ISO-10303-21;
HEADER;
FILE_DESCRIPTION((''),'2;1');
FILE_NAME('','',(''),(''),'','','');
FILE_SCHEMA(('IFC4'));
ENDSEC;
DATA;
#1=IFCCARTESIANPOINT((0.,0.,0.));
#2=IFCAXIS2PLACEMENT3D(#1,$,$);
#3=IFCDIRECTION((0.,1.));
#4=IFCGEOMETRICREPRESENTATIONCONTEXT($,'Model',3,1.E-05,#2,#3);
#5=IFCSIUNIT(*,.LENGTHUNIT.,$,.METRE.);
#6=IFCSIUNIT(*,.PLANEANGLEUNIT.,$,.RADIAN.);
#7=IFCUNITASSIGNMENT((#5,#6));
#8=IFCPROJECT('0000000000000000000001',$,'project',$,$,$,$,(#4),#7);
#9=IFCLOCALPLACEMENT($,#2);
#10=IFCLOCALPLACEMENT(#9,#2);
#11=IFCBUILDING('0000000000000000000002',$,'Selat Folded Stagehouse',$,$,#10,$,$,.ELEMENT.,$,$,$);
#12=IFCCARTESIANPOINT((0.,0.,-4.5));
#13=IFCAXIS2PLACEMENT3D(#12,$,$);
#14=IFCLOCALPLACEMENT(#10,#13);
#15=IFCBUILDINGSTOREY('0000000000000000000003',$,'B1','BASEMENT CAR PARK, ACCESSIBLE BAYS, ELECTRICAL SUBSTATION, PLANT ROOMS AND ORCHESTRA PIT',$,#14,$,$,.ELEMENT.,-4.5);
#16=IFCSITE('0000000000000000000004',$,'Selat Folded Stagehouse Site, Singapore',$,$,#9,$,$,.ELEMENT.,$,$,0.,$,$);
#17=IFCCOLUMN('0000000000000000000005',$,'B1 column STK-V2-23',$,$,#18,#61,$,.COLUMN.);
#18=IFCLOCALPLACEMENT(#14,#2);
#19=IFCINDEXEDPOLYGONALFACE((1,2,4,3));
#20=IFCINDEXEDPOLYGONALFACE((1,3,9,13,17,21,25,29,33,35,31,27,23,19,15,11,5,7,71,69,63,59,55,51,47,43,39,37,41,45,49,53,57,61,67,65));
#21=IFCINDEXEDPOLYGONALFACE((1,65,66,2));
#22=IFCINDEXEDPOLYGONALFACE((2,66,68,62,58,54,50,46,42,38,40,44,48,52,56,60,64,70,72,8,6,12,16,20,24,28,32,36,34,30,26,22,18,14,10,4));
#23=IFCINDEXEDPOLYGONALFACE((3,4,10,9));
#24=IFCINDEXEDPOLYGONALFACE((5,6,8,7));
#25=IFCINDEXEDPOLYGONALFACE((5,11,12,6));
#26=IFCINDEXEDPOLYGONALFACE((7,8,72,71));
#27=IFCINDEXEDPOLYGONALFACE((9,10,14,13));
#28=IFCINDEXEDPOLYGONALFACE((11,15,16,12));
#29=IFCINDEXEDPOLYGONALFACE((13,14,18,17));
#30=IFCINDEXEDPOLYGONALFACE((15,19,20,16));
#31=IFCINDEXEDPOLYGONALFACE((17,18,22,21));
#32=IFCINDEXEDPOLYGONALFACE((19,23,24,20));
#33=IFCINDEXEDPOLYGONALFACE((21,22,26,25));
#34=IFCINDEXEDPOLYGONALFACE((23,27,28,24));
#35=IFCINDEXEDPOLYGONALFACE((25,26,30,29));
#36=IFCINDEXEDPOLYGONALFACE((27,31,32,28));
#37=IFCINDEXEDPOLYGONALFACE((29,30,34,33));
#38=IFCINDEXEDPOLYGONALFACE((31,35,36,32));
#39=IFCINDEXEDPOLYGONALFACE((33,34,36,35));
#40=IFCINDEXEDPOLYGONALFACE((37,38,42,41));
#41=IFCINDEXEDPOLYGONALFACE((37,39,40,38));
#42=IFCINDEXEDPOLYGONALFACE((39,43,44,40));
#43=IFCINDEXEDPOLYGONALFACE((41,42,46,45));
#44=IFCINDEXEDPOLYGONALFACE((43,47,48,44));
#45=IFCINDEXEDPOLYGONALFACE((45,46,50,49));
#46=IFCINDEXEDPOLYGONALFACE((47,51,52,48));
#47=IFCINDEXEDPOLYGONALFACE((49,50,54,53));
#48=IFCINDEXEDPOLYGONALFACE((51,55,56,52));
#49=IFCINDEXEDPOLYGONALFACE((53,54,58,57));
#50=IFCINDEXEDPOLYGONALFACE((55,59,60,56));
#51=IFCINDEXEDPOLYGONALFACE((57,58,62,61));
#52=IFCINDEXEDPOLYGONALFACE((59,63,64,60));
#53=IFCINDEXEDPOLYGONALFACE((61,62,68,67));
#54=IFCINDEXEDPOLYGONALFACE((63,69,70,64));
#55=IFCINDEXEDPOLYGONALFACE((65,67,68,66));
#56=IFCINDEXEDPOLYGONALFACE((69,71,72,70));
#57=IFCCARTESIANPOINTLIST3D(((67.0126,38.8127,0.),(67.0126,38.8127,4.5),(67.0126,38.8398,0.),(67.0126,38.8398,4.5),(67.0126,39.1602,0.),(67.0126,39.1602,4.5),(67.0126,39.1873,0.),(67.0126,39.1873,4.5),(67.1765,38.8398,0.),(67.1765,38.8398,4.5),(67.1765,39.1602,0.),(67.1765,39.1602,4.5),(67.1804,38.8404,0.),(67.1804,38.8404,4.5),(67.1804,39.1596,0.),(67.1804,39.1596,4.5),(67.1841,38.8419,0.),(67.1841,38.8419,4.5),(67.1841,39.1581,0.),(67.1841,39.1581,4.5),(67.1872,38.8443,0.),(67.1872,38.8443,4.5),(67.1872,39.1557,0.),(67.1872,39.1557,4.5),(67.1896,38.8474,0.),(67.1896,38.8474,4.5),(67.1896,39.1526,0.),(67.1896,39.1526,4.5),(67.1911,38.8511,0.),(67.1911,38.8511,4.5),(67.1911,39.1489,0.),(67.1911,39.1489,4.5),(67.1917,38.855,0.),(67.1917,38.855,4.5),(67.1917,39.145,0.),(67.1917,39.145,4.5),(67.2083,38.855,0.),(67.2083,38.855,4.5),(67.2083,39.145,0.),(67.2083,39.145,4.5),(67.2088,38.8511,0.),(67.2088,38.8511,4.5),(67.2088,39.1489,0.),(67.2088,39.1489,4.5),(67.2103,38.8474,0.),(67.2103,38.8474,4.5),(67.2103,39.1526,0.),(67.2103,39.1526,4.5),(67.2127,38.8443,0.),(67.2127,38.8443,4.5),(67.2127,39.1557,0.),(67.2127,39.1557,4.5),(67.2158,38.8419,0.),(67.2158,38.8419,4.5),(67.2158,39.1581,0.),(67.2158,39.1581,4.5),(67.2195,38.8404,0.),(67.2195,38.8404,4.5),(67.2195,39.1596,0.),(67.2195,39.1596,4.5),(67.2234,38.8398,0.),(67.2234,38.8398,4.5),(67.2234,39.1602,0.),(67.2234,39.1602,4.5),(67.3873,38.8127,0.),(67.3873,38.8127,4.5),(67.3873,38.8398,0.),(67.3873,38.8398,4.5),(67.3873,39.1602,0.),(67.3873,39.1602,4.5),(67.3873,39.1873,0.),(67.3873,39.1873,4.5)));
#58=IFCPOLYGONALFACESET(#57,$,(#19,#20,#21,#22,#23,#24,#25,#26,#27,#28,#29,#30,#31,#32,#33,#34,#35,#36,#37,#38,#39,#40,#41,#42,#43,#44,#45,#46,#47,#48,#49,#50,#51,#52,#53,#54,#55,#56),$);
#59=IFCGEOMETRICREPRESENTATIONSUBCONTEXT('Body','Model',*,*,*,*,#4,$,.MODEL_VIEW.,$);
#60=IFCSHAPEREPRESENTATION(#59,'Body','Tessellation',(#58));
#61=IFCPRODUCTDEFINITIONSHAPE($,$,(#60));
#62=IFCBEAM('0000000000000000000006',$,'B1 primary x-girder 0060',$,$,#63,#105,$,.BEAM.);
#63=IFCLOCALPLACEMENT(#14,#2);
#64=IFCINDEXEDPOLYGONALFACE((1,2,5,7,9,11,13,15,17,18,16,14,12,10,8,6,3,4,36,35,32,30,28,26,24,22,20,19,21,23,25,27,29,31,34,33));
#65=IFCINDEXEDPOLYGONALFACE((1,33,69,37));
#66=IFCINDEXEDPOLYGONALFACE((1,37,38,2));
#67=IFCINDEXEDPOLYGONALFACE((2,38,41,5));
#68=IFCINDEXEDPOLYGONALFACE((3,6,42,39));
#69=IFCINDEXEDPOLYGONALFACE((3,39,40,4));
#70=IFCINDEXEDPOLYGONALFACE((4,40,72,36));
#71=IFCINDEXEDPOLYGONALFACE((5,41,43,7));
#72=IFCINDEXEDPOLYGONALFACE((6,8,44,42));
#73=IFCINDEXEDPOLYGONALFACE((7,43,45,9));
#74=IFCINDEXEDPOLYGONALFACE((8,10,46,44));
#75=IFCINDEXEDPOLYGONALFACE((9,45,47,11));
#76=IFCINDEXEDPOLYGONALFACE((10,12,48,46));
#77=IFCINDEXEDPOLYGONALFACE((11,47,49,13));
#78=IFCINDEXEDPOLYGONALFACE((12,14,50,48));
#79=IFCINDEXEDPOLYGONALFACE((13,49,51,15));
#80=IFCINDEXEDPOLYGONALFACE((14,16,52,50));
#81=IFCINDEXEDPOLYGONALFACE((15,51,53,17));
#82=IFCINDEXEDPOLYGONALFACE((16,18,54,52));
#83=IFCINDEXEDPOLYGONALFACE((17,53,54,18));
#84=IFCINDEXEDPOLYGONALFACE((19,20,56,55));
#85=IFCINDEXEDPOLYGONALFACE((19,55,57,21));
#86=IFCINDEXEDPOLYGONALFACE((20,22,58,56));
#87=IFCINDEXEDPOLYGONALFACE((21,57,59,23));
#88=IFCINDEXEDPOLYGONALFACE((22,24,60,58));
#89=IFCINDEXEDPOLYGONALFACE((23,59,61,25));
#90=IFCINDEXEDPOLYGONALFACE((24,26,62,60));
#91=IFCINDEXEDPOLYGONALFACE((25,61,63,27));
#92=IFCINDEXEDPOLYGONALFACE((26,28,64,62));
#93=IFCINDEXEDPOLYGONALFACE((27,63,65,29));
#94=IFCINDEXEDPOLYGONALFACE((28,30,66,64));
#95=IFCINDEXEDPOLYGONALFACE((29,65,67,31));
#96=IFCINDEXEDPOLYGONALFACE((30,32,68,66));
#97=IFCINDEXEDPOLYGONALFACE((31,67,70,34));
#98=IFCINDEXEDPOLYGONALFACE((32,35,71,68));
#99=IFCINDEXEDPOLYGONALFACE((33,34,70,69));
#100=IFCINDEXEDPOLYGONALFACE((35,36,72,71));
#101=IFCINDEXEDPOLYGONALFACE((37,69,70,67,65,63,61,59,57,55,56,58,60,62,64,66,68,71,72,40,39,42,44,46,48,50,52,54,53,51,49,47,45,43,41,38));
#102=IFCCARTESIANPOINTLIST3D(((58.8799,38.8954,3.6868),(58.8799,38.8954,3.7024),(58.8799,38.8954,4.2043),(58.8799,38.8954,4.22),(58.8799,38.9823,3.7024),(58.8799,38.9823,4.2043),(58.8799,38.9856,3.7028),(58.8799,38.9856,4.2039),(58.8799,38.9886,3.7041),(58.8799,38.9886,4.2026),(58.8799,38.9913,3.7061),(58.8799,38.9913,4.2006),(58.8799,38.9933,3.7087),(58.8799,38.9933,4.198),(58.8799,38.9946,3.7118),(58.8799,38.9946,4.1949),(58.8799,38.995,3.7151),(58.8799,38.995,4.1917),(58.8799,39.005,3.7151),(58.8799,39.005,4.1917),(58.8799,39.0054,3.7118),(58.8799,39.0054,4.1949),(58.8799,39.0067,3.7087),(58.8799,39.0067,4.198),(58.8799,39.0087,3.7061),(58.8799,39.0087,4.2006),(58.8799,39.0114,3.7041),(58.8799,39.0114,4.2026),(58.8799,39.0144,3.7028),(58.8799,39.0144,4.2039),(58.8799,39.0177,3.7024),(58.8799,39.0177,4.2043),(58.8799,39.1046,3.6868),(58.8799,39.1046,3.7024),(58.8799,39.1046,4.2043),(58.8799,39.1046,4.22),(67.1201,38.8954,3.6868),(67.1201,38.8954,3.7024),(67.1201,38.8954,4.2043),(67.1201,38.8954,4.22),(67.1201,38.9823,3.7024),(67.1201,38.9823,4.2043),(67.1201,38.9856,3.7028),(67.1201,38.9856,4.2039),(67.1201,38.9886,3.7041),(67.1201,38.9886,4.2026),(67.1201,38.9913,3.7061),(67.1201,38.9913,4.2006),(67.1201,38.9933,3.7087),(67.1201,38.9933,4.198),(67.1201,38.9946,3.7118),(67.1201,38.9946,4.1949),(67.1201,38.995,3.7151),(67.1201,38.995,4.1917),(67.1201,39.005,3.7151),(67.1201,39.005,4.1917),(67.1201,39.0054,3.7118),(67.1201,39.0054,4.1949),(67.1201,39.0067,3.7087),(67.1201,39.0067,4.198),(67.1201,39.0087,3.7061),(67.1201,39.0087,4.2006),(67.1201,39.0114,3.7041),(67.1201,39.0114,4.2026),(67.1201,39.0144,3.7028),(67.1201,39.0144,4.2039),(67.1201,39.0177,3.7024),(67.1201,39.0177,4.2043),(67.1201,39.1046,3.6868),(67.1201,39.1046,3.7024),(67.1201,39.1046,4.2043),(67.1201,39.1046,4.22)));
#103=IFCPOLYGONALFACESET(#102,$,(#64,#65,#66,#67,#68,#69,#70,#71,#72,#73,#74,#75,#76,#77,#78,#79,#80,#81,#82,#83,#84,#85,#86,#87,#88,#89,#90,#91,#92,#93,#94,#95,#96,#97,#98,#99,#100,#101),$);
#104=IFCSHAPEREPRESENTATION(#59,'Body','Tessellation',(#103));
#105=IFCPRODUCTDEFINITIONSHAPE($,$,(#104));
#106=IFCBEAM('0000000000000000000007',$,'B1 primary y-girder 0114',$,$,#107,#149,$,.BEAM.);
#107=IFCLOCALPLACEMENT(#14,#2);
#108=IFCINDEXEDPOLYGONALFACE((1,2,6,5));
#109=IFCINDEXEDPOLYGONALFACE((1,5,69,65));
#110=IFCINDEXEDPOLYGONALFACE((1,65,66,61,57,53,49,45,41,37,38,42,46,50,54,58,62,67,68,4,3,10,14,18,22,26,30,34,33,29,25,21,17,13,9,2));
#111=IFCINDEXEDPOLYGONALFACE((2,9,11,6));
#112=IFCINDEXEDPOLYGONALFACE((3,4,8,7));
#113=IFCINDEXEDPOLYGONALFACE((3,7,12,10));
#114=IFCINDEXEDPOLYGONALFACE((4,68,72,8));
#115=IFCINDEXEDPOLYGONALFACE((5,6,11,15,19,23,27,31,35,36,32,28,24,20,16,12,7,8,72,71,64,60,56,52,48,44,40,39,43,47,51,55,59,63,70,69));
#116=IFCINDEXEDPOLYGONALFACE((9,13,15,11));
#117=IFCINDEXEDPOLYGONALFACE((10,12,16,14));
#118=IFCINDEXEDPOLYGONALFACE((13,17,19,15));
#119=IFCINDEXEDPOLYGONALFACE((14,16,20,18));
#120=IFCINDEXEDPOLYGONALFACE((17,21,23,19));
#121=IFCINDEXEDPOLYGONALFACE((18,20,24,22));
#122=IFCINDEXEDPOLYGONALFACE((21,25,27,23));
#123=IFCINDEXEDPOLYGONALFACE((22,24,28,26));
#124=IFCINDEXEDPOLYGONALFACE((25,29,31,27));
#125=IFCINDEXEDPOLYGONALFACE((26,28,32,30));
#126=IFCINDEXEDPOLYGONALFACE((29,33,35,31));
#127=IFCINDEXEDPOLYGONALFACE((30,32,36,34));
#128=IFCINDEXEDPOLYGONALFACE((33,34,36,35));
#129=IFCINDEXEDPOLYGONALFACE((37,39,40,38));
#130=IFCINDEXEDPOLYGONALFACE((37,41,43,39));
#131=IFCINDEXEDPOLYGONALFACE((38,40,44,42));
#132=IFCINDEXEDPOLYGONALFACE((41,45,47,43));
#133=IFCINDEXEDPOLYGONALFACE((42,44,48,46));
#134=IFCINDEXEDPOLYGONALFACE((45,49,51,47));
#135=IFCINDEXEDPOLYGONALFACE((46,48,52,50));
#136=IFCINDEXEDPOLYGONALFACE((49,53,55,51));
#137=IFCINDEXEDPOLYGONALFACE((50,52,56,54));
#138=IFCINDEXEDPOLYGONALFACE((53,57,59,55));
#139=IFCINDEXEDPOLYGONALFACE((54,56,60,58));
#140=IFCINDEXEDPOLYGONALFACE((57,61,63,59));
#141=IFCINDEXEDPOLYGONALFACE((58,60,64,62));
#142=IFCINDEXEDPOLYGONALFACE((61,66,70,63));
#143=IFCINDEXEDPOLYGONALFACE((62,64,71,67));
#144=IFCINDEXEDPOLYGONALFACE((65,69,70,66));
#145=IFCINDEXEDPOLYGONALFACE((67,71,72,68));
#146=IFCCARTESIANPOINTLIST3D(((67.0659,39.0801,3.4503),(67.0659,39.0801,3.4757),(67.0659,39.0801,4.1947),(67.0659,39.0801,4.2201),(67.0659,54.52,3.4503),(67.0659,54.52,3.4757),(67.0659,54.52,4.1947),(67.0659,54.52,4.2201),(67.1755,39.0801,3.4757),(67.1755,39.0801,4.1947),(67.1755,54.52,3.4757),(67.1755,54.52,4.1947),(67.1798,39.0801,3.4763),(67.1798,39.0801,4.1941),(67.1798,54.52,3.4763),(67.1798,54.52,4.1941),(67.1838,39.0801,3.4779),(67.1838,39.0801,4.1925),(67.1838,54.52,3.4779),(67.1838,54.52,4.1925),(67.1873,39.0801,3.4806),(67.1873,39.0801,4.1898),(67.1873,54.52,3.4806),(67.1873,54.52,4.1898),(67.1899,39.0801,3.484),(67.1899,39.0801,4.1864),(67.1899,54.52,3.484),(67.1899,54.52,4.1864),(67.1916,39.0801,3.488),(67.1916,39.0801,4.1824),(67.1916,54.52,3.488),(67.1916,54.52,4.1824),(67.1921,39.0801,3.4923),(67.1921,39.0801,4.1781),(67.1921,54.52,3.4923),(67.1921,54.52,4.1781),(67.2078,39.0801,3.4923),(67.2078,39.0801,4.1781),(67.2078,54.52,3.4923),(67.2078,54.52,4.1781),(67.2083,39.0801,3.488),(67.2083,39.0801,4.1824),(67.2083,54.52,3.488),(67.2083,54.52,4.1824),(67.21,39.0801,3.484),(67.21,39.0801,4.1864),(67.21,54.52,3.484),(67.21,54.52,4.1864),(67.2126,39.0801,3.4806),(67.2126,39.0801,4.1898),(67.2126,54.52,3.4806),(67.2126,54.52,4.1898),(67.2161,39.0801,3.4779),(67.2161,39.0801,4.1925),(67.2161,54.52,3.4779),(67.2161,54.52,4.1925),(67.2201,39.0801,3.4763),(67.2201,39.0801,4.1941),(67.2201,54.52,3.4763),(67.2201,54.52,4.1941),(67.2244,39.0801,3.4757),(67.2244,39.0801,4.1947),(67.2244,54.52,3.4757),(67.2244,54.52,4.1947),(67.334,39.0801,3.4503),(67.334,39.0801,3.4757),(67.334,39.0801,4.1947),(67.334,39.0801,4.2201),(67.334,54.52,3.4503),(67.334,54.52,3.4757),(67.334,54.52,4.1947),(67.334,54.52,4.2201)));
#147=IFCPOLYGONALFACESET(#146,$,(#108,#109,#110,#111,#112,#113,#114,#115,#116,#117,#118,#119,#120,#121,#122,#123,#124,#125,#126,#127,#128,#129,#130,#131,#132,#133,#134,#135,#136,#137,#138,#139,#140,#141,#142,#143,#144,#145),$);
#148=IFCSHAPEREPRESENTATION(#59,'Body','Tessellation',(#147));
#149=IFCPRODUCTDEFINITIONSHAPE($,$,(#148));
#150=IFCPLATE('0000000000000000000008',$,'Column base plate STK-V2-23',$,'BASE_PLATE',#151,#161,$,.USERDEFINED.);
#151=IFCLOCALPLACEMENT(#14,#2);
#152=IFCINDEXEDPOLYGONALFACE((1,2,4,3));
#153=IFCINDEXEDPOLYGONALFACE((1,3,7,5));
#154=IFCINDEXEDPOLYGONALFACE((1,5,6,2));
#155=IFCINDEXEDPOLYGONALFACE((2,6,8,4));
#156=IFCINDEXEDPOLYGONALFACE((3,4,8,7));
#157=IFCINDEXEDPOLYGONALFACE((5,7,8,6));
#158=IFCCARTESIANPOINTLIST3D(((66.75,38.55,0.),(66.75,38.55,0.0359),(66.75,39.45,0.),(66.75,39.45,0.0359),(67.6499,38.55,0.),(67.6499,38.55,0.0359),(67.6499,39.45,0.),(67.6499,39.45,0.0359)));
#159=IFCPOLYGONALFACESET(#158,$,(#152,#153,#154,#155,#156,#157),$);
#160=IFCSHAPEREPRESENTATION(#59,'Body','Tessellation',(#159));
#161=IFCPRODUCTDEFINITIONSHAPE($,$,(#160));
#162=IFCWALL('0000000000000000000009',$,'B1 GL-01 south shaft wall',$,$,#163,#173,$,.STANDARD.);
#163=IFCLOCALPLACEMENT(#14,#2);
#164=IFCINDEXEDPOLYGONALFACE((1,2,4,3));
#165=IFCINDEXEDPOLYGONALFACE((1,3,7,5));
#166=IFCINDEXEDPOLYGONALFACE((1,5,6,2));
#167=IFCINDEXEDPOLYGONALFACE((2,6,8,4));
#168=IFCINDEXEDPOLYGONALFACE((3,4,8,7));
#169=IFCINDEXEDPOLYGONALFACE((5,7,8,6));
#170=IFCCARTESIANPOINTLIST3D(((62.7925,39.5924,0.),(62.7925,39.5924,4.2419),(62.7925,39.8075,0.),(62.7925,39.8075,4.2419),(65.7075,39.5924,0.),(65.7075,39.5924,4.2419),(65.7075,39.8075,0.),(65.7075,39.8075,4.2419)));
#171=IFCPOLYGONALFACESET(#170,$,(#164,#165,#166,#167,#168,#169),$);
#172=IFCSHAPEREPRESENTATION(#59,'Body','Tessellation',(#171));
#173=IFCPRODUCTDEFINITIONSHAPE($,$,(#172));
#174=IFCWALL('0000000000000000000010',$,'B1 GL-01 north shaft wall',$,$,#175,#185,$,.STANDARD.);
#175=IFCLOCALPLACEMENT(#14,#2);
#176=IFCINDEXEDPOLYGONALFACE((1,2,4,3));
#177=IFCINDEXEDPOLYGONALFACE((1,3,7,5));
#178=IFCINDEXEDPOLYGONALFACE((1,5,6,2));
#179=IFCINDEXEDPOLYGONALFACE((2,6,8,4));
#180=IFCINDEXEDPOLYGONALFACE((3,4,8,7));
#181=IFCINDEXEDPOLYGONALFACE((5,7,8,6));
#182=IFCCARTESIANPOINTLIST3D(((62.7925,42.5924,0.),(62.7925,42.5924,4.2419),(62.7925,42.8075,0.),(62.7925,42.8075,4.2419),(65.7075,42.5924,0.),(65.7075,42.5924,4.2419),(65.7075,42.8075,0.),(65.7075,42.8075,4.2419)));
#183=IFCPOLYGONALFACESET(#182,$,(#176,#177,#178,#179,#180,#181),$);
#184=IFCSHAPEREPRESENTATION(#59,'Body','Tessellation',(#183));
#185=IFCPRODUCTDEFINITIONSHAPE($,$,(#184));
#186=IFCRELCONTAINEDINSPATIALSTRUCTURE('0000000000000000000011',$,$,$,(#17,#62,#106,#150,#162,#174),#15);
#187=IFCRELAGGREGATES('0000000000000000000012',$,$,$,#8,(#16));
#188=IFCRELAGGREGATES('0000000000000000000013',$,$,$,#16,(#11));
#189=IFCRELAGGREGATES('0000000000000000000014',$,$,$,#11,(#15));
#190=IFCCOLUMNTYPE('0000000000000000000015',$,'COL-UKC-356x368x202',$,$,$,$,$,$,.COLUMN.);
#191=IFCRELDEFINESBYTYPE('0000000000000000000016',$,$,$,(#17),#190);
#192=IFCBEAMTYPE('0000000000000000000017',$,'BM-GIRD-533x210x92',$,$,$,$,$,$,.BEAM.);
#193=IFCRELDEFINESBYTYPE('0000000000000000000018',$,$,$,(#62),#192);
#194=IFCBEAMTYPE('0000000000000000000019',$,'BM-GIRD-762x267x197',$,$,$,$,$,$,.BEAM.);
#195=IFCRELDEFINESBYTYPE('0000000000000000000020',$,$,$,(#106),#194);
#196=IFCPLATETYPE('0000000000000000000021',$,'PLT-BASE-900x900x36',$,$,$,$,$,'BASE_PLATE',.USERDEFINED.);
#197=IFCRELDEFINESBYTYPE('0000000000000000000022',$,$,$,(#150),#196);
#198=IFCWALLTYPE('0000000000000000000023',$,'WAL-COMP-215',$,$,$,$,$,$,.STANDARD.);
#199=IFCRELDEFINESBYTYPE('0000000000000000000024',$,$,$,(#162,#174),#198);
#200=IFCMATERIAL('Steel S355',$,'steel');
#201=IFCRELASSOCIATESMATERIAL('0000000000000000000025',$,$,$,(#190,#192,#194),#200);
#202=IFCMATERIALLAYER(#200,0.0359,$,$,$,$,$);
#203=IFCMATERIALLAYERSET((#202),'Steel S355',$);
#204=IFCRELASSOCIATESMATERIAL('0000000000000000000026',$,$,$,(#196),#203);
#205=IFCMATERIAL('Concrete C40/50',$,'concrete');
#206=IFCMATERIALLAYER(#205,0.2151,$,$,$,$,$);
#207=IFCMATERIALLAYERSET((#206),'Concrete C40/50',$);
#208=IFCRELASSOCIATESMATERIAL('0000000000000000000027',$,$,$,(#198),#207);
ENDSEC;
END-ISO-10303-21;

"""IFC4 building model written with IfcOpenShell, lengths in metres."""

from ifc_helpers import new_model, si_unit, direction, frame, frame_2d, origin, origin_2d, place, context, subcontext, project, spatial, rectangle, i_section, extrude, material, layer, layer_set, material_profile, profile_set, type_object, element, save


model = new_model("IFC4")

# Units and contexts
model_context = context("Model", 3, precision=1e-05, world=origin(), true_north=direction((0.0, 1.0)))
body_context = subcontext(model_context, "Body", "Model", "MODEL_VIEW")
ifc_project = project(units=[si_unit("LENGTHUNIT", "METRE"), si_unit("PLANEANGLEUNIT", "RADIAN")], contexts=[model_context])

# Site, building, storey
site_placement = place(None, origin())
site = spatial("IfcSite", under=ifc_project, at=site_placement, Name="Selat Folded Stagehouse Site, Singapore", CompositionType="ELEMENT", RefElevation=0.0)
building_placement = place(site_placement, origin())
building = spatial("IfcBuilding", under=site, at=building_placement, Name="Selat Folded Stagehouse", CompositionType="ELEMENT")
storey_placement = place(building_placement, frame((0.0, 0.0, -4.5)))
storey = spatial("IfcBuildingStorey", under=building, at=storey_placement, Name="B1", Description="BASEMENT CAR PARK, ACCESSIBLE BAYS, ELECTRICAL SUBSTATION, PLANT ROOMS AND ORCHESTRA PIT", CompositionType="ELEMENT", Elevation=-4.5)

# Shared definitions
ifc_material_1 = material(Name="Concrete C40/50", Category="concrete")

# Column
ifc_material_2 = material(Name="Steel S355", Category="steel")
ifc_material_profile_1 = material_profile(ifc_material_2, i_section(OverallWidth=0.3748, OverallDepth=0.3745, WebThickness=0.0166, FlangeThickness=0.0271, FilletRadius=0.0151, at=origin_2d()), Name="UKC 356x368x202")
ifc_profile_set_1 = profile_set([ifc_material_profile_1], Name="Steel S355")
column_type = type_object("IfcColumnType", Name="COL-UKC-356x368x202", PredefinedType="COLUMN", material=ifc_profile_set_1)
column_placement = place(storey_placement, frame((67.2, 39.0, 0.0), z_axis=(0.0, 0.0, 1.0), x_axis=(1.0, 0.0, 0.0)))
element("IfcColumn", 1, at=column_placement, inside=storey, type_object=column_type, Name="B1 column STK-V2-23", PredefinedType="COLUMN", context=body_context, shape_type="SweptSolid", body=[
    extrude(i_section(OverallWidth=0.3748, OverallDepth=0.3745, WebThickness=0.0166, FlangeThickness=0.0271, FilletRadius=0.0151, at=origin_2d()), origin(), (0.0, 0.0, 1.0), 4.5),
])

# Beams
ifc_material_profile_2 = material_profile(ifc_material_2, i_section(OverallWidth=0.2092, OverallDepth=0.5332, WebThickness=0.01, FlangeThickness=0.0156, FilletRadius=0.0127, at=origin_2d()), Name="UKB 533x210x92")
ifc_profile_set_2 = profile_set([ifc_material_profile_2], Name="Steel S355")
beam_type_1 = type_object("IfcBeamType", Name="BM-GIRD-533x210x92", PredefinedType="BEAM", material=ifc_profile_set_2)
beam_1_placement = place(storey_placement, frame((58.8799, 39.0, 3.9534), z_axis=(1.0, 0.0, 0.0), x_axis=(0.0, 1.0, 0.0)))
element("IfcBeam", 2, at=beam_1_placement, inside=storey, type_object=beam_type_1, Name="B1 primary x-girder 0060", PredefinedType="BEAM", context=body_context, shape_type="SweptSolid", body=[
    extrude(i_section(OverallWidth=0.2092, OverallDepth=0.5332, WebThickness=0.01, FlangeThickness=0.0156, FilletRadius=0.0127, at=origin_2d()), origin(), (0.0, 0.0, 1.0), 8.2402),
])
ifc_material_profile_3 = material_profile(ifc_material_2, i_section(OverallWidth=0.2681, OverallDepth=0.7698, WebThickness=0.0156, FlangeThickness=0.0254, FilletRadius=0.0166, at=origin_2d()), Name="UKB 762x267x197")
ifc_profile_set_3 = profile_set([ifc_material_profile_3], Name="Steel S355")
beam_type_2 = type_object("IfcBeamType", Name="BM-GIRD-762x267x197", PredefinedType="BEAM", material=ifc_profile_set_3)
beam_2_placement = place(storey_placement, frame((67.2, 39.0801, 3.8352), z_axis=(0.0, 1.0, 0.0), x_axis=(-1.0, 0.0, 0.0)))
element("IfcBeam", 3, at=beam_2_placement, inside=storey, type_object=beam_type_2, Name="B1 primary y-girder 0114", PredefinedType="BEAM", context=body_context, shape_type="SweptSolid", body=[
    extrude(i_section(OverallWidth=0.2681, OverallDepth=0.7698, WebThickness=0.0156, FlangeThickness=0.0254, FilletRadius=0.0166, at=origin_2d()), origin(), (0.0, 0.0, 1.0), 15.4399),
])

# Plate
ifc_layer_1 = layer(ifc_material_2, 0.0359)
ifc_layer_set_1 = layer_set([ifc_layer_1], Name="Steel S355")
plate_type = type_object("IfcPlateType", Name="PLT-BASE-900x900x36", ElementType="BASE_PLATE", PredefinedType="USERDEFINED", material=ifc_layer_set_1)
plate_placement = place(storey_placement, frame((67.2, 39.0, 0.0), z_axis=(0.0, 0.0, 1.0), x_axis=(1.0, 0.0, 0.0)))
element("IfcPlate", 4, at=plate_placement, inside=storey, type_object=plate_type, Name="Column base plate STK-V2-23", ObjectType="BASE_PLATE", PredefinedType="USERDEFINED", context=body_context, shape_type="SweptSolid", body=[
    extrude(rectangle(XDim=0.8999, YDim=0.8999, at=origin_2d()), origin(), (0.0, 0.0, 1.0), 0.0359),
])

# Walls
ifc_layer_2 = layer(ifc_material_1, 0.2151)
ifc_layer_set_2 = layer_set([ifc_layer_2], Name="Concrete C40/50")
wall_type_1 = type_object("IfcWallType", Name="WAL-COMP-215", PredefinedType="STANDARD", material=ifc_layer_set_2)
for number, where, z_axis, x_axis, name in (
    (5, (65.7075, 39.7, 0.0), (0.0, 0.0, 1.0), (-1.0, 0.0, 0.0), "B1 GL-01 south shaft wall"),
    (6, (62.7925, 42.7, 0.0), (0.0, 0.0, 1.0), (1.0, 0.0, 0.0), "B1 GL-01 north shaft wall"),
):
    element("IfcWall", number, at=place(storey_placement, frame(where, z_axis=z_axis, x_axis=x_axis)), inside=storey, type_object=wall_type_1, Name=name, PredefinedType="STANDARD", context=body_context, shape_type="SweptSolid", body=[
        extrude(rectangle(XDim=2.915, YDim=0.2151, at=frame_2d((1.4575, 0.0))), origin(), (0.0, 0.0, 1.0), 4.2419),
    ])

save(model, "model.ifc")
